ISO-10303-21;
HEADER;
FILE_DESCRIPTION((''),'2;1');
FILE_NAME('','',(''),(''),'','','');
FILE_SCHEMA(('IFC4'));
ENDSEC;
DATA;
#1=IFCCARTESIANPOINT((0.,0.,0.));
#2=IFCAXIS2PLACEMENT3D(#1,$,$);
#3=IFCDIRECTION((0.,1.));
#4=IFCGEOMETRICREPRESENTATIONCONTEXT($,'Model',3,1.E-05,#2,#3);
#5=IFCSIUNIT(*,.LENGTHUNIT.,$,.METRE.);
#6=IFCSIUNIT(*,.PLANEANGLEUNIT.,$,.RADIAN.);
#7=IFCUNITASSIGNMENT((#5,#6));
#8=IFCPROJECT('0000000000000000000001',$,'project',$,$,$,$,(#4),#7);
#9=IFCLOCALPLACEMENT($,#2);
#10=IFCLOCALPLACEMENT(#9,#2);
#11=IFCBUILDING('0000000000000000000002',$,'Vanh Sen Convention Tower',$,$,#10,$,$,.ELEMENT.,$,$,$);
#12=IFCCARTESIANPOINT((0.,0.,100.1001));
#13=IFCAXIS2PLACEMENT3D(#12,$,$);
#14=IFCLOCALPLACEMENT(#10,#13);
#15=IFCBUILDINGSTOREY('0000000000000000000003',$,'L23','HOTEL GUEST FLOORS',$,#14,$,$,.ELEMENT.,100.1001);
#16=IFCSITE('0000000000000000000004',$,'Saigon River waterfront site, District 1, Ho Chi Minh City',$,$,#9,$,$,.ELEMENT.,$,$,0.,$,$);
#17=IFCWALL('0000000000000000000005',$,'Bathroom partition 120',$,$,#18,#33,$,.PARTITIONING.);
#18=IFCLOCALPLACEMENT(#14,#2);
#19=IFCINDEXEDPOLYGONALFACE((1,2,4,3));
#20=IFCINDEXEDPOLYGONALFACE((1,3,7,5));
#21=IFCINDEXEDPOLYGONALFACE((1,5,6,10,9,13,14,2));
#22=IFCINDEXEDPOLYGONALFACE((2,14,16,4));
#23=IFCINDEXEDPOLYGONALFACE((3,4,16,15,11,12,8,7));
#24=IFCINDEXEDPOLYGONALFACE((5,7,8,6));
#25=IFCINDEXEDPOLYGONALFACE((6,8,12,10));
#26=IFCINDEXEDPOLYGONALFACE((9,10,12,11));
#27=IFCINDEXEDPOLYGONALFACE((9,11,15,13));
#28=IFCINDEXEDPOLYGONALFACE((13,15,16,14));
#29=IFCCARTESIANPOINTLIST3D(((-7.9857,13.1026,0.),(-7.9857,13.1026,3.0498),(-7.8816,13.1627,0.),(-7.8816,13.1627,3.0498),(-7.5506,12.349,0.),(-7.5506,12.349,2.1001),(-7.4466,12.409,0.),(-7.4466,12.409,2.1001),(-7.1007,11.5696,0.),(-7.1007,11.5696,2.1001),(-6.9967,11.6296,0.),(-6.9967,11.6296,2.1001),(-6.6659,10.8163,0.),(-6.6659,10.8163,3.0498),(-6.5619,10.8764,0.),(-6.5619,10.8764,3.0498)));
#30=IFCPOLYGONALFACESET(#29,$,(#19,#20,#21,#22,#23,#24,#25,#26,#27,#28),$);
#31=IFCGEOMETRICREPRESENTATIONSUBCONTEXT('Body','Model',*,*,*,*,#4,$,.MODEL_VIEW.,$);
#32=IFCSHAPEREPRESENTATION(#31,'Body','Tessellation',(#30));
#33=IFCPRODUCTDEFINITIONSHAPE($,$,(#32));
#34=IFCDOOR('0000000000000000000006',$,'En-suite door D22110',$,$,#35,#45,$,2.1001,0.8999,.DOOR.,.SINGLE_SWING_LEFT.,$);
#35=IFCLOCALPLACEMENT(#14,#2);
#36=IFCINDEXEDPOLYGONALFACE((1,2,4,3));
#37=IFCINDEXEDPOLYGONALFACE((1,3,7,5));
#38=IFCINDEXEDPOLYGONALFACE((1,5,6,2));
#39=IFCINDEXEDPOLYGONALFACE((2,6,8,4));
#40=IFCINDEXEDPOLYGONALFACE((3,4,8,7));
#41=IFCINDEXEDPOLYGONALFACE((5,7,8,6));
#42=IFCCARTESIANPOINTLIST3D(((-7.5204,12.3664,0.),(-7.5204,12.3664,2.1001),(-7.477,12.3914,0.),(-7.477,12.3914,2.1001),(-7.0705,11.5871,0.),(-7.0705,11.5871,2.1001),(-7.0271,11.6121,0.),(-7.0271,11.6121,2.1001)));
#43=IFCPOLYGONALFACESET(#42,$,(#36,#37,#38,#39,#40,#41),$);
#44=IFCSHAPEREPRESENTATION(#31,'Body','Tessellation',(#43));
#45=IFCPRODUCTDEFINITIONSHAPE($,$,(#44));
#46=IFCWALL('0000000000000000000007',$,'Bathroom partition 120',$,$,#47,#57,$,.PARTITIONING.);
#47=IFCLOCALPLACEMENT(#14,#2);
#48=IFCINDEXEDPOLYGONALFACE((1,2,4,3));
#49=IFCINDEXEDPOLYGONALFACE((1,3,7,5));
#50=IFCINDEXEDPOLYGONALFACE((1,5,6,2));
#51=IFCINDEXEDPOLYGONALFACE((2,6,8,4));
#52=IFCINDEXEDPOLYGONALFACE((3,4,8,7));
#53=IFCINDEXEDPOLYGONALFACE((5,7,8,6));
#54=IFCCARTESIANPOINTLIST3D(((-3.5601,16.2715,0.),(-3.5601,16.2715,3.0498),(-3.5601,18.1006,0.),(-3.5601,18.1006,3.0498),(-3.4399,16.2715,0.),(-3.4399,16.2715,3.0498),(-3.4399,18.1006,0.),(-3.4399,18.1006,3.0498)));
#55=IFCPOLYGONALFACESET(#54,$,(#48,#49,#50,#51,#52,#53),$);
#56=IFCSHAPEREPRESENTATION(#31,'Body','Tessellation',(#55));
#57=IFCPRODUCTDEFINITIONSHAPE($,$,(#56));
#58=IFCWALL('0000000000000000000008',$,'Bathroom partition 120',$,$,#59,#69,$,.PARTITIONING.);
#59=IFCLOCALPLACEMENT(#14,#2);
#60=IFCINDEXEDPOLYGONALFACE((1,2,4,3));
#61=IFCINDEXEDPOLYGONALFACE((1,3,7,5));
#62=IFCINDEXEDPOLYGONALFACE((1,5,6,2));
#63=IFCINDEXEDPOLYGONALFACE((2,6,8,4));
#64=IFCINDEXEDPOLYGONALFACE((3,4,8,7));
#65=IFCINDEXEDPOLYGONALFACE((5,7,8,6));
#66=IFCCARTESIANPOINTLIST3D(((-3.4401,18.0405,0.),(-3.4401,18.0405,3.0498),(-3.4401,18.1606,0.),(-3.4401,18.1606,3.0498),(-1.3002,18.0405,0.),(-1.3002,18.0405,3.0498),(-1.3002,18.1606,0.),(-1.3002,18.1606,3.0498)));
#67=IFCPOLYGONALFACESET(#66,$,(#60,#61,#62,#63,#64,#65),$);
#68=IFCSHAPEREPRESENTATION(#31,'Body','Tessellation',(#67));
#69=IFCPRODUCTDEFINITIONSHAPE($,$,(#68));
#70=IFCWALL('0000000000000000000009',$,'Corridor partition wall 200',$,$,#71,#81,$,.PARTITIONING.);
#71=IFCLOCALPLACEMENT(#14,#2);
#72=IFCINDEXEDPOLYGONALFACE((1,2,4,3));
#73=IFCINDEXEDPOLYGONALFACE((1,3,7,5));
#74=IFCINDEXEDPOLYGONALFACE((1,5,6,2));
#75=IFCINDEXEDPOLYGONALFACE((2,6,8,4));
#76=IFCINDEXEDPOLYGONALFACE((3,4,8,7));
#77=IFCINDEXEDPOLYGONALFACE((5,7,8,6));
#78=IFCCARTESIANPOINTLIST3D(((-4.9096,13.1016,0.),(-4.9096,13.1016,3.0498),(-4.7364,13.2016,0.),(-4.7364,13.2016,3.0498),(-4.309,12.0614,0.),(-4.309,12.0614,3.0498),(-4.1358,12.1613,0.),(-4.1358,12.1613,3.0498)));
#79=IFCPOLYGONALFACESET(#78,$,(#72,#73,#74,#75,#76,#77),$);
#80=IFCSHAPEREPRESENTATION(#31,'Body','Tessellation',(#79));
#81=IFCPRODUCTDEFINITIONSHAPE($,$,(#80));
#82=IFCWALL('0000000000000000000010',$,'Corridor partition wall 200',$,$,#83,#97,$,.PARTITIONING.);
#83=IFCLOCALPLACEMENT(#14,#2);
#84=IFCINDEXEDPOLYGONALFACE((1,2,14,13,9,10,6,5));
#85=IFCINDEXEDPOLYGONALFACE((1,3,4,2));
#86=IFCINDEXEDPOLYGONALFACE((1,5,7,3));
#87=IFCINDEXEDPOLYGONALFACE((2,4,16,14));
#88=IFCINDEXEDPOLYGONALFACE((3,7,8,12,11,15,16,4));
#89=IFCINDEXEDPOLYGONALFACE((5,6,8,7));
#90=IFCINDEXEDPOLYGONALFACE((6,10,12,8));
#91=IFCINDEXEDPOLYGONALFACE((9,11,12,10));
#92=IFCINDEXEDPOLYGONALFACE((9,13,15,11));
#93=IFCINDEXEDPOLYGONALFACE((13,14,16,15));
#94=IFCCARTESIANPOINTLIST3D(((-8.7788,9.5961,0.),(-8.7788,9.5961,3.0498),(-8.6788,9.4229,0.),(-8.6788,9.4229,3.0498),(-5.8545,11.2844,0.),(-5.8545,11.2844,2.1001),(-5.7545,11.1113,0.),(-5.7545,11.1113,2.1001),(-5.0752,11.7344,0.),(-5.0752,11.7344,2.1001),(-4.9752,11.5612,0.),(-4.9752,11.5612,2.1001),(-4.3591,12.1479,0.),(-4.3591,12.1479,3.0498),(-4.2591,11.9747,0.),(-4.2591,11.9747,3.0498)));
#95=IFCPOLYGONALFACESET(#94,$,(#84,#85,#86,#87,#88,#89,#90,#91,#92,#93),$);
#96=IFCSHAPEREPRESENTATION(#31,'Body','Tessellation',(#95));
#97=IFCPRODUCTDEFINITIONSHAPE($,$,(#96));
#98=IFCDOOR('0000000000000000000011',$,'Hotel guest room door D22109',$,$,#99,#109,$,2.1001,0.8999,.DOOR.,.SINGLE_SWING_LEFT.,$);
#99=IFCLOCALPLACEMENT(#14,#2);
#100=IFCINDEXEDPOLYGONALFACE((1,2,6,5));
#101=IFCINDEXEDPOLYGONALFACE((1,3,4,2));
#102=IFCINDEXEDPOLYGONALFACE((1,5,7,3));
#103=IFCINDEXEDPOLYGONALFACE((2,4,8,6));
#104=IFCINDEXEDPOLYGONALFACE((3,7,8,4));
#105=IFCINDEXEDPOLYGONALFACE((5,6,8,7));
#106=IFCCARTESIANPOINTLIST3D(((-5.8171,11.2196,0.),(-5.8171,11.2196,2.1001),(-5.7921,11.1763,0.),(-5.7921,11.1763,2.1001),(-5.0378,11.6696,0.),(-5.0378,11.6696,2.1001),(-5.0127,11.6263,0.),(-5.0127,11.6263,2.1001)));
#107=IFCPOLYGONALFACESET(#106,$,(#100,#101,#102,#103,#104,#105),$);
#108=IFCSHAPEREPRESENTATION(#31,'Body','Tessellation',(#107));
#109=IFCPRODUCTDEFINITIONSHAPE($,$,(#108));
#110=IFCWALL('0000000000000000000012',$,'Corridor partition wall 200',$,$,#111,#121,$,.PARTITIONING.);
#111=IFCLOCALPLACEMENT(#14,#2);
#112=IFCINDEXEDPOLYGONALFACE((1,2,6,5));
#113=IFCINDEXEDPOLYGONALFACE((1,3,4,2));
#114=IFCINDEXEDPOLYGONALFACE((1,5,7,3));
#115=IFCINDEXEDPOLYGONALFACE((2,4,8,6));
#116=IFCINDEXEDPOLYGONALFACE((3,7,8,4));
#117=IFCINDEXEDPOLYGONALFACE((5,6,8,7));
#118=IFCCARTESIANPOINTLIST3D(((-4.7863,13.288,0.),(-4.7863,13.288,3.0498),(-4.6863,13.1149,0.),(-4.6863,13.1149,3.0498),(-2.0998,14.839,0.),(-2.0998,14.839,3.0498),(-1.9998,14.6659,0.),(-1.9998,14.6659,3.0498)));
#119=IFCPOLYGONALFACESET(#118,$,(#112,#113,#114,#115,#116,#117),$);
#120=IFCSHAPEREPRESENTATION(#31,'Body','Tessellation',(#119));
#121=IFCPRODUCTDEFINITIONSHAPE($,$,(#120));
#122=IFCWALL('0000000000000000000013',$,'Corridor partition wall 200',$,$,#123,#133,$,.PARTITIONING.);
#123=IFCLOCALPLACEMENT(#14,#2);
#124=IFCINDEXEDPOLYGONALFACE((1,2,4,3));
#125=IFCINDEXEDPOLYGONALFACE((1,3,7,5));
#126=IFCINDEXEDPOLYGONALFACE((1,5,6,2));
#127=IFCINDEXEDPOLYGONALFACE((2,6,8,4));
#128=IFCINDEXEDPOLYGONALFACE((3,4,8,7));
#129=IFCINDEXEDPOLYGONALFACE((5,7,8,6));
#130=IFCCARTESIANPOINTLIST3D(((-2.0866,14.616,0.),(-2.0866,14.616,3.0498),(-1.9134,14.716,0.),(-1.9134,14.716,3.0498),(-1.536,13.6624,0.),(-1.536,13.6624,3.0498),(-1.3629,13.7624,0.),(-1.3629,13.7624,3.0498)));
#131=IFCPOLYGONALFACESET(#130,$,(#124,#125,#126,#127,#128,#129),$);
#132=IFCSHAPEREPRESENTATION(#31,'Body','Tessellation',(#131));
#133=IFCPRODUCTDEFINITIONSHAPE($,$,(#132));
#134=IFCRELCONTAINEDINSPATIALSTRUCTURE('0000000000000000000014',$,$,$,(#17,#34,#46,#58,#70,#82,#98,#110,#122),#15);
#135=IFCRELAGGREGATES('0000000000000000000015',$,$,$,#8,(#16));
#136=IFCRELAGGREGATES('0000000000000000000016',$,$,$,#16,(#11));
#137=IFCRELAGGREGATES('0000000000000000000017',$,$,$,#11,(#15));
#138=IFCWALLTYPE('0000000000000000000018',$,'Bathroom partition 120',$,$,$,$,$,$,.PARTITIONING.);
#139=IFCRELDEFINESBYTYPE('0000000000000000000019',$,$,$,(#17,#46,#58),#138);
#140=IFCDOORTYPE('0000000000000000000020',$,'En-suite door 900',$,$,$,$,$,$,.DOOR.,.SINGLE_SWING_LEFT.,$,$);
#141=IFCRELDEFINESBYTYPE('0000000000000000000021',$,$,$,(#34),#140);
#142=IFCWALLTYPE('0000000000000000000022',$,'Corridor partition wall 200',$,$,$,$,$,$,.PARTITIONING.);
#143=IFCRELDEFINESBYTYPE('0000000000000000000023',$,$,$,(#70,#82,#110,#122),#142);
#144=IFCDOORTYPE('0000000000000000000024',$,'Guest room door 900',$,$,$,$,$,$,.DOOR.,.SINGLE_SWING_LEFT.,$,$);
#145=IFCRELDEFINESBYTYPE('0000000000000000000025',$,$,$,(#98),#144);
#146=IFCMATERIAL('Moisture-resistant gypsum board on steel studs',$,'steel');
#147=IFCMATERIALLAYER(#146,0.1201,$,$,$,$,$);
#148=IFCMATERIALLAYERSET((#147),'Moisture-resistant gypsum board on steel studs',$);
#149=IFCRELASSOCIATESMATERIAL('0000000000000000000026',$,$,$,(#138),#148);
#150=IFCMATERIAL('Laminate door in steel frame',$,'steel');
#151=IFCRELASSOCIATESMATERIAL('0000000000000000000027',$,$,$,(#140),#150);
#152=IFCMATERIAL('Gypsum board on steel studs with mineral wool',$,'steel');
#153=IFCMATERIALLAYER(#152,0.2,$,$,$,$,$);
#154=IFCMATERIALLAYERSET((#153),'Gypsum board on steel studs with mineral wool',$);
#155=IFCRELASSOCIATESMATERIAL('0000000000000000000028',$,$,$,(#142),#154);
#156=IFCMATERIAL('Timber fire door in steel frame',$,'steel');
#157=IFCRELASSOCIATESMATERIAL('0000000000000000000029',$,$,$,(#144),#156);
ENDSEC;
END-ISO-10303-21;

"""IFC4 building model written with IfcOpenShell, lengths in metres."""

from ifc_helpers import new_model, si_unit, direction, frame, frame_2d, origin, place, context, subcontext, project, spatial, rectangle, extrude, material, layer, layer_set, type_object, element, fill, save


model = new_model("IFC4")

# Units and contexts
model_context = context("Model", 3, precision=1e-05, world=origin(), true_north=direction((0.0, 1.0)))
body_context = subcontext(model_context, "Body", "Model", "MODEL_VIEW")
ifc_project = project(units=[si_unit("LENGTHUNIT", "METRE"), si_unit("PLANEANGLEUNIT", "RADIAN")], contexts=[model_context])

# Site, building, storey
site_placement = place(None, origin())
site = spatial("IfcSite", under=ifc_project, at=site_placement, Name="Saigon River waterfront site, District 1, Ho Chi Minh City", CompositionType="ELEMENT", RefElevation=0.0)
building_placement = place(site_placement, origin())
building = spatial("IfcBuilding", under=site, at=building_placement, Name="Vanh Sen Convention Tower", CompositionType="ELEMENT")
storey_placement = place(building_placement, frame((0.0, 0.0, 100.1001)))
storey = spatial("IfcBuildingStorey", under=building, at=storey_placement, Name="L23", Description="HOTEL GUEST FLOORS", CompositionType="ELEMENT", Elevation=100.1001)

# Wall, opening, door
ifc_material_1 = material(Name="Moisture-resistant gypsum board on steel studs", Category="steel")
ifc_layer_1 = layer(ifc_material_1, 0.1201)
ifc_layer_set_1 = layer_set([ifc_layer_1], Name="Moisture-resistant gypsum board on steel studs")
wall_type_1 = type_object("IfcWallType", Name="Bathroom partition 120", PredefinedType="PARTITIONING", material=ifc_layer_set_1)
wall_1_placement = place(storey_placement, frame((-7.9336, 13.1326, 0.0), z_axis=(0.0, 0.0, 1.0), x_axis=(0.499939, -0.866061, 0.0)))
wall_1 = element("IfcWall", 1, at=wall_1_placement, inside=storey, type_object=wall_type_1, Name="Bathroom partition 120", PredefinedType="PARTITIONING", context=body_context, shape_type="SweptSolid", body=[
    extrude(rectangle(XDim=2.6399, YDim=0.1201, at=frame_2d((1.3198, 0.0))), origin(), (0.0, 0.0, 1.0), 3.0498),
])
opening_1_placement = place(wall_1_placement, frame((0.8701, 0.0, 0.0)))
opening_1 = element("IfcOpeningElement", 2, at=opening_1_placement, cuts=wall_1, PredefinedType="OPENING", context=body_context, shape_type="SweptSolid", body=[
    extrude(rectangle(XDim=0.8999, YDim=2.1001, at=frame_2d((0.45, 1.05))), frame((0.0, 0.0701, 0.0), z_axis=(0.0, -1.0, 0.0), x_axis=(1.0, 0.0, 0.0)), (0.0, 0.0, 1.0), 0.1401),
])
ifc_material_2 = material(Name="Laminate door in steel frame", Category="steel")
door_type_1 = type_object("IfcDoorType", Name="En-suite door 900", OperationType="SINGLE_SWING_LEFT", PredefinedType="DOOR", material=ifc_material_2)
door_1_placement = place(opening_1_placement, origin())
door_1 = element("IfcDoor", 3, at=door_1_placement, inside=storey, type_object=door_type_1, Name="En-suite door D22110", OperationType="SINGLE_SWING_LEFT", OverallHeight=2.1001, OverallWidth=0.8999, PredefinedType="DOOR", context=body_context, shape_type="SweptSolid", body=[
    extrude(rectangle(XDim=0.8999, YDim=2.1001, at=frame_2d((0.45, 1.05))), frame((0.0, 0.0249, 0.0), z_axis=(0.0, -1.0, 0.0), x_axis=(1.0, 0.0, 0.0)), (0.0, 0.0, 1.0), 0.05),
])
fill(opening_1, door_1)

# Walls
wall_2_placement = place(storey_placement, frame((-3.5, 16.2715, 0.0), z_axis=(0.0, 0.0, 1.0), x_axis=(0.0, 1.0, 0.0)))
element("IfcWall", 4, at=wall_2_placement, inside=storey, type_object=wall_type_1, Name="Bathroom partition 120", PredefinedType="PARTITIONING", context=body_context, shape_type="SweptSolid", body=[
    extrude(rectangle(XDim=1.8291, YDim=0.1201, at=frame_2d((0.9146, 0.0))), origin(), (0.0, 0.0, 1.0), 3.0498),
])
wall_3_placement = place(storey_placement, frame((-3.4399, 18.1006, 0.0), z_axis=(0.0, 0.0, 1.0), x_axis=(1.0, 0.0, 0.0)))
element("IfcWall", 5, at=wall_3_placement, inside=storey, type_object=wall_type_1, Name="Bathroom partition 120", PredefinedType="PARTITIONING", context=body_context, shape_type="SweptSolid", body=[
    extrude(rectangle(XDim=2.1399, YDim=0.1201, at=frame_2d((1.0698, 0.0))), origin(), (0.0, 0.0, 1.0), 3.0498),
])
ifc_material_3 = material(Name="Gypsum board on steel studs with mineral wool", Category="steel")
ifc_layer_2 = layer(ifc_material_3, 0.2)
ifc_layer_set_2 = layer_set([ifc_layer_2], Name="Gypsum board on steel studs with mineral wool")
wall_type_2 = type_object("IfcWallType", Name="Corridor partition wall 200", PredefinedType="PARTITIONING", material=ifc_layer_set_2)
wall_4_placement = place(storey_placement, frame((-4.823, 13.1516, 0.0), z_axis=(0.0, 0.0, 1.0), x_axis=(0.499986, -0.866033, 0.0)))
element("IfcWall", 6, at=wall_4_placement, inside=storey, type_object=wall_type_2, Name="Corridor partition wall 200", PredefinedType="PARTITIONING", context=body_context, shape_type="SweptSolid", body=[
    extrude(rectangle(XDim=1.2012, YDim=0.2, at=frame_2d((0.6006, 0.0))), origin(), (0.0, 0.0, 1.0), 3.0498),
])

# Wall, opening, door
wall_5_placement = place(storey_placement, frame((-4.3091, 12.0613, 0.0), z_axis=(0.0, 0.0, 1.0), x_axis=(-0.866021, -0.500008, 0.0)))
wall_5 = element("IfcWall", 7, at=wall_5_placement, inside=storey, type_object=wall_type_2, Name="Corridor partition wall 200", PredefinedType="PARTITIONING", context=body_context, shape_type="SweptSolid", body=[
    extrude(rectangle(XDim=5.1035, YDim=0.2, at=frame_2d((2.5518, 0.0))), origin(), (0.0, 0.0, 1.0), 3.0498),
])
opening_2_placement = place(wall_5_placement, frame((0.8269, 0.0, 0.0)))
opening_2 = element("IfcOpeningElement", 8, at=opening_2_placement, cuts=wall_5, PredefinedType="OPENING", context=body_context, shape_type="SweptSolid", body=[
    extrude(rectangle(XDim=0.8999, YDim=2.1001, at=frame_2d((0.45, 1.05))), frame((0.0, 0.1099, 0.0), z_axis=(0.0, -1.0, 0.0), x_axis=(1.0, 0.0, 0.0)), (0.0, 0.0, 1.0), 0.22),
])
ifc_material_4 = material(Name="Timber fire door in steel frame", Category="steel")
door_type_2 = type_object("IfcDoorType", Name="Guest room door 900", OperationType="SINGLE_SWING_LEFT", PredefinedType="DOOR", material=ifc_material_4)
door_2_placement = place(opening_2_placement, origin())
door_2 = element("IfcDoor", 9, at=door_2_placement, inside=storey, type_object=door_type_2, Name="Hotel guest room door D22109", OperationType="SINGLE_SWING_LEFT", OverallHeight=2.1001, OverallWidth=0.8999, PredefinedType="DOOR", context=body_context, shape_type="SweptSolid", body=[
    extrude(rectangle(XDim=0.8999, YDim=2.1001, at=frame_2d((0.45, 1.05))), frame((0.0, 0.0249, 0.0), z_axis=(0.0, -1.0, 0.0), x_axis=(1.0, 0.0, 0.0)), (0.0, 0.0, 1.0), 0.05),
])
fill(opening_2, door_2)

# Walls
wall_6_placement = place(storey_placement, frame((-2.0498, 14.7524, 0.0), z_axis=(0.0, 0.0, 1.0), x_axis=(-0.866031, -0.49999, 0.0)))
element("IfcWall", 10, at=wall_6_placement, inside=storey, type_object=wall_type_2, Name="Corridor partition wall 200", PredefinedType="PARTITIONING", context=body_context, shape_type="SweptSolid", body=[
    extrude(rectangle(XDim=3.1021, YDim=0.2, at=frame_2d((1.551, 0.0))), origin(), (0.0, 0.0, 1.0), 3.0498),
])
wall_7_placement = place(storey_placement, frame((-1.4495, 13.7124, 0.0), z_axis=(0.0, 0.0, 1.0), x_axis=(-0.499978, 0.866038, 0.0)))
element("IfcWall", 11, at=wall_7_placement, inside=storey, type_object=wall_type_2, Name="Corridor partition wall 200", PredefinedType="PARTITIONING", context=body_context, shape_type="SweptSolid", body=[
    extrude(rectangle(XDim=1.1011, YDim=0.2, at=frame_2d((0.5505, 0.0))), origin(), (0.0, 0.0, 1.0), 3.0498),
])

save(model, "model.ifc")
